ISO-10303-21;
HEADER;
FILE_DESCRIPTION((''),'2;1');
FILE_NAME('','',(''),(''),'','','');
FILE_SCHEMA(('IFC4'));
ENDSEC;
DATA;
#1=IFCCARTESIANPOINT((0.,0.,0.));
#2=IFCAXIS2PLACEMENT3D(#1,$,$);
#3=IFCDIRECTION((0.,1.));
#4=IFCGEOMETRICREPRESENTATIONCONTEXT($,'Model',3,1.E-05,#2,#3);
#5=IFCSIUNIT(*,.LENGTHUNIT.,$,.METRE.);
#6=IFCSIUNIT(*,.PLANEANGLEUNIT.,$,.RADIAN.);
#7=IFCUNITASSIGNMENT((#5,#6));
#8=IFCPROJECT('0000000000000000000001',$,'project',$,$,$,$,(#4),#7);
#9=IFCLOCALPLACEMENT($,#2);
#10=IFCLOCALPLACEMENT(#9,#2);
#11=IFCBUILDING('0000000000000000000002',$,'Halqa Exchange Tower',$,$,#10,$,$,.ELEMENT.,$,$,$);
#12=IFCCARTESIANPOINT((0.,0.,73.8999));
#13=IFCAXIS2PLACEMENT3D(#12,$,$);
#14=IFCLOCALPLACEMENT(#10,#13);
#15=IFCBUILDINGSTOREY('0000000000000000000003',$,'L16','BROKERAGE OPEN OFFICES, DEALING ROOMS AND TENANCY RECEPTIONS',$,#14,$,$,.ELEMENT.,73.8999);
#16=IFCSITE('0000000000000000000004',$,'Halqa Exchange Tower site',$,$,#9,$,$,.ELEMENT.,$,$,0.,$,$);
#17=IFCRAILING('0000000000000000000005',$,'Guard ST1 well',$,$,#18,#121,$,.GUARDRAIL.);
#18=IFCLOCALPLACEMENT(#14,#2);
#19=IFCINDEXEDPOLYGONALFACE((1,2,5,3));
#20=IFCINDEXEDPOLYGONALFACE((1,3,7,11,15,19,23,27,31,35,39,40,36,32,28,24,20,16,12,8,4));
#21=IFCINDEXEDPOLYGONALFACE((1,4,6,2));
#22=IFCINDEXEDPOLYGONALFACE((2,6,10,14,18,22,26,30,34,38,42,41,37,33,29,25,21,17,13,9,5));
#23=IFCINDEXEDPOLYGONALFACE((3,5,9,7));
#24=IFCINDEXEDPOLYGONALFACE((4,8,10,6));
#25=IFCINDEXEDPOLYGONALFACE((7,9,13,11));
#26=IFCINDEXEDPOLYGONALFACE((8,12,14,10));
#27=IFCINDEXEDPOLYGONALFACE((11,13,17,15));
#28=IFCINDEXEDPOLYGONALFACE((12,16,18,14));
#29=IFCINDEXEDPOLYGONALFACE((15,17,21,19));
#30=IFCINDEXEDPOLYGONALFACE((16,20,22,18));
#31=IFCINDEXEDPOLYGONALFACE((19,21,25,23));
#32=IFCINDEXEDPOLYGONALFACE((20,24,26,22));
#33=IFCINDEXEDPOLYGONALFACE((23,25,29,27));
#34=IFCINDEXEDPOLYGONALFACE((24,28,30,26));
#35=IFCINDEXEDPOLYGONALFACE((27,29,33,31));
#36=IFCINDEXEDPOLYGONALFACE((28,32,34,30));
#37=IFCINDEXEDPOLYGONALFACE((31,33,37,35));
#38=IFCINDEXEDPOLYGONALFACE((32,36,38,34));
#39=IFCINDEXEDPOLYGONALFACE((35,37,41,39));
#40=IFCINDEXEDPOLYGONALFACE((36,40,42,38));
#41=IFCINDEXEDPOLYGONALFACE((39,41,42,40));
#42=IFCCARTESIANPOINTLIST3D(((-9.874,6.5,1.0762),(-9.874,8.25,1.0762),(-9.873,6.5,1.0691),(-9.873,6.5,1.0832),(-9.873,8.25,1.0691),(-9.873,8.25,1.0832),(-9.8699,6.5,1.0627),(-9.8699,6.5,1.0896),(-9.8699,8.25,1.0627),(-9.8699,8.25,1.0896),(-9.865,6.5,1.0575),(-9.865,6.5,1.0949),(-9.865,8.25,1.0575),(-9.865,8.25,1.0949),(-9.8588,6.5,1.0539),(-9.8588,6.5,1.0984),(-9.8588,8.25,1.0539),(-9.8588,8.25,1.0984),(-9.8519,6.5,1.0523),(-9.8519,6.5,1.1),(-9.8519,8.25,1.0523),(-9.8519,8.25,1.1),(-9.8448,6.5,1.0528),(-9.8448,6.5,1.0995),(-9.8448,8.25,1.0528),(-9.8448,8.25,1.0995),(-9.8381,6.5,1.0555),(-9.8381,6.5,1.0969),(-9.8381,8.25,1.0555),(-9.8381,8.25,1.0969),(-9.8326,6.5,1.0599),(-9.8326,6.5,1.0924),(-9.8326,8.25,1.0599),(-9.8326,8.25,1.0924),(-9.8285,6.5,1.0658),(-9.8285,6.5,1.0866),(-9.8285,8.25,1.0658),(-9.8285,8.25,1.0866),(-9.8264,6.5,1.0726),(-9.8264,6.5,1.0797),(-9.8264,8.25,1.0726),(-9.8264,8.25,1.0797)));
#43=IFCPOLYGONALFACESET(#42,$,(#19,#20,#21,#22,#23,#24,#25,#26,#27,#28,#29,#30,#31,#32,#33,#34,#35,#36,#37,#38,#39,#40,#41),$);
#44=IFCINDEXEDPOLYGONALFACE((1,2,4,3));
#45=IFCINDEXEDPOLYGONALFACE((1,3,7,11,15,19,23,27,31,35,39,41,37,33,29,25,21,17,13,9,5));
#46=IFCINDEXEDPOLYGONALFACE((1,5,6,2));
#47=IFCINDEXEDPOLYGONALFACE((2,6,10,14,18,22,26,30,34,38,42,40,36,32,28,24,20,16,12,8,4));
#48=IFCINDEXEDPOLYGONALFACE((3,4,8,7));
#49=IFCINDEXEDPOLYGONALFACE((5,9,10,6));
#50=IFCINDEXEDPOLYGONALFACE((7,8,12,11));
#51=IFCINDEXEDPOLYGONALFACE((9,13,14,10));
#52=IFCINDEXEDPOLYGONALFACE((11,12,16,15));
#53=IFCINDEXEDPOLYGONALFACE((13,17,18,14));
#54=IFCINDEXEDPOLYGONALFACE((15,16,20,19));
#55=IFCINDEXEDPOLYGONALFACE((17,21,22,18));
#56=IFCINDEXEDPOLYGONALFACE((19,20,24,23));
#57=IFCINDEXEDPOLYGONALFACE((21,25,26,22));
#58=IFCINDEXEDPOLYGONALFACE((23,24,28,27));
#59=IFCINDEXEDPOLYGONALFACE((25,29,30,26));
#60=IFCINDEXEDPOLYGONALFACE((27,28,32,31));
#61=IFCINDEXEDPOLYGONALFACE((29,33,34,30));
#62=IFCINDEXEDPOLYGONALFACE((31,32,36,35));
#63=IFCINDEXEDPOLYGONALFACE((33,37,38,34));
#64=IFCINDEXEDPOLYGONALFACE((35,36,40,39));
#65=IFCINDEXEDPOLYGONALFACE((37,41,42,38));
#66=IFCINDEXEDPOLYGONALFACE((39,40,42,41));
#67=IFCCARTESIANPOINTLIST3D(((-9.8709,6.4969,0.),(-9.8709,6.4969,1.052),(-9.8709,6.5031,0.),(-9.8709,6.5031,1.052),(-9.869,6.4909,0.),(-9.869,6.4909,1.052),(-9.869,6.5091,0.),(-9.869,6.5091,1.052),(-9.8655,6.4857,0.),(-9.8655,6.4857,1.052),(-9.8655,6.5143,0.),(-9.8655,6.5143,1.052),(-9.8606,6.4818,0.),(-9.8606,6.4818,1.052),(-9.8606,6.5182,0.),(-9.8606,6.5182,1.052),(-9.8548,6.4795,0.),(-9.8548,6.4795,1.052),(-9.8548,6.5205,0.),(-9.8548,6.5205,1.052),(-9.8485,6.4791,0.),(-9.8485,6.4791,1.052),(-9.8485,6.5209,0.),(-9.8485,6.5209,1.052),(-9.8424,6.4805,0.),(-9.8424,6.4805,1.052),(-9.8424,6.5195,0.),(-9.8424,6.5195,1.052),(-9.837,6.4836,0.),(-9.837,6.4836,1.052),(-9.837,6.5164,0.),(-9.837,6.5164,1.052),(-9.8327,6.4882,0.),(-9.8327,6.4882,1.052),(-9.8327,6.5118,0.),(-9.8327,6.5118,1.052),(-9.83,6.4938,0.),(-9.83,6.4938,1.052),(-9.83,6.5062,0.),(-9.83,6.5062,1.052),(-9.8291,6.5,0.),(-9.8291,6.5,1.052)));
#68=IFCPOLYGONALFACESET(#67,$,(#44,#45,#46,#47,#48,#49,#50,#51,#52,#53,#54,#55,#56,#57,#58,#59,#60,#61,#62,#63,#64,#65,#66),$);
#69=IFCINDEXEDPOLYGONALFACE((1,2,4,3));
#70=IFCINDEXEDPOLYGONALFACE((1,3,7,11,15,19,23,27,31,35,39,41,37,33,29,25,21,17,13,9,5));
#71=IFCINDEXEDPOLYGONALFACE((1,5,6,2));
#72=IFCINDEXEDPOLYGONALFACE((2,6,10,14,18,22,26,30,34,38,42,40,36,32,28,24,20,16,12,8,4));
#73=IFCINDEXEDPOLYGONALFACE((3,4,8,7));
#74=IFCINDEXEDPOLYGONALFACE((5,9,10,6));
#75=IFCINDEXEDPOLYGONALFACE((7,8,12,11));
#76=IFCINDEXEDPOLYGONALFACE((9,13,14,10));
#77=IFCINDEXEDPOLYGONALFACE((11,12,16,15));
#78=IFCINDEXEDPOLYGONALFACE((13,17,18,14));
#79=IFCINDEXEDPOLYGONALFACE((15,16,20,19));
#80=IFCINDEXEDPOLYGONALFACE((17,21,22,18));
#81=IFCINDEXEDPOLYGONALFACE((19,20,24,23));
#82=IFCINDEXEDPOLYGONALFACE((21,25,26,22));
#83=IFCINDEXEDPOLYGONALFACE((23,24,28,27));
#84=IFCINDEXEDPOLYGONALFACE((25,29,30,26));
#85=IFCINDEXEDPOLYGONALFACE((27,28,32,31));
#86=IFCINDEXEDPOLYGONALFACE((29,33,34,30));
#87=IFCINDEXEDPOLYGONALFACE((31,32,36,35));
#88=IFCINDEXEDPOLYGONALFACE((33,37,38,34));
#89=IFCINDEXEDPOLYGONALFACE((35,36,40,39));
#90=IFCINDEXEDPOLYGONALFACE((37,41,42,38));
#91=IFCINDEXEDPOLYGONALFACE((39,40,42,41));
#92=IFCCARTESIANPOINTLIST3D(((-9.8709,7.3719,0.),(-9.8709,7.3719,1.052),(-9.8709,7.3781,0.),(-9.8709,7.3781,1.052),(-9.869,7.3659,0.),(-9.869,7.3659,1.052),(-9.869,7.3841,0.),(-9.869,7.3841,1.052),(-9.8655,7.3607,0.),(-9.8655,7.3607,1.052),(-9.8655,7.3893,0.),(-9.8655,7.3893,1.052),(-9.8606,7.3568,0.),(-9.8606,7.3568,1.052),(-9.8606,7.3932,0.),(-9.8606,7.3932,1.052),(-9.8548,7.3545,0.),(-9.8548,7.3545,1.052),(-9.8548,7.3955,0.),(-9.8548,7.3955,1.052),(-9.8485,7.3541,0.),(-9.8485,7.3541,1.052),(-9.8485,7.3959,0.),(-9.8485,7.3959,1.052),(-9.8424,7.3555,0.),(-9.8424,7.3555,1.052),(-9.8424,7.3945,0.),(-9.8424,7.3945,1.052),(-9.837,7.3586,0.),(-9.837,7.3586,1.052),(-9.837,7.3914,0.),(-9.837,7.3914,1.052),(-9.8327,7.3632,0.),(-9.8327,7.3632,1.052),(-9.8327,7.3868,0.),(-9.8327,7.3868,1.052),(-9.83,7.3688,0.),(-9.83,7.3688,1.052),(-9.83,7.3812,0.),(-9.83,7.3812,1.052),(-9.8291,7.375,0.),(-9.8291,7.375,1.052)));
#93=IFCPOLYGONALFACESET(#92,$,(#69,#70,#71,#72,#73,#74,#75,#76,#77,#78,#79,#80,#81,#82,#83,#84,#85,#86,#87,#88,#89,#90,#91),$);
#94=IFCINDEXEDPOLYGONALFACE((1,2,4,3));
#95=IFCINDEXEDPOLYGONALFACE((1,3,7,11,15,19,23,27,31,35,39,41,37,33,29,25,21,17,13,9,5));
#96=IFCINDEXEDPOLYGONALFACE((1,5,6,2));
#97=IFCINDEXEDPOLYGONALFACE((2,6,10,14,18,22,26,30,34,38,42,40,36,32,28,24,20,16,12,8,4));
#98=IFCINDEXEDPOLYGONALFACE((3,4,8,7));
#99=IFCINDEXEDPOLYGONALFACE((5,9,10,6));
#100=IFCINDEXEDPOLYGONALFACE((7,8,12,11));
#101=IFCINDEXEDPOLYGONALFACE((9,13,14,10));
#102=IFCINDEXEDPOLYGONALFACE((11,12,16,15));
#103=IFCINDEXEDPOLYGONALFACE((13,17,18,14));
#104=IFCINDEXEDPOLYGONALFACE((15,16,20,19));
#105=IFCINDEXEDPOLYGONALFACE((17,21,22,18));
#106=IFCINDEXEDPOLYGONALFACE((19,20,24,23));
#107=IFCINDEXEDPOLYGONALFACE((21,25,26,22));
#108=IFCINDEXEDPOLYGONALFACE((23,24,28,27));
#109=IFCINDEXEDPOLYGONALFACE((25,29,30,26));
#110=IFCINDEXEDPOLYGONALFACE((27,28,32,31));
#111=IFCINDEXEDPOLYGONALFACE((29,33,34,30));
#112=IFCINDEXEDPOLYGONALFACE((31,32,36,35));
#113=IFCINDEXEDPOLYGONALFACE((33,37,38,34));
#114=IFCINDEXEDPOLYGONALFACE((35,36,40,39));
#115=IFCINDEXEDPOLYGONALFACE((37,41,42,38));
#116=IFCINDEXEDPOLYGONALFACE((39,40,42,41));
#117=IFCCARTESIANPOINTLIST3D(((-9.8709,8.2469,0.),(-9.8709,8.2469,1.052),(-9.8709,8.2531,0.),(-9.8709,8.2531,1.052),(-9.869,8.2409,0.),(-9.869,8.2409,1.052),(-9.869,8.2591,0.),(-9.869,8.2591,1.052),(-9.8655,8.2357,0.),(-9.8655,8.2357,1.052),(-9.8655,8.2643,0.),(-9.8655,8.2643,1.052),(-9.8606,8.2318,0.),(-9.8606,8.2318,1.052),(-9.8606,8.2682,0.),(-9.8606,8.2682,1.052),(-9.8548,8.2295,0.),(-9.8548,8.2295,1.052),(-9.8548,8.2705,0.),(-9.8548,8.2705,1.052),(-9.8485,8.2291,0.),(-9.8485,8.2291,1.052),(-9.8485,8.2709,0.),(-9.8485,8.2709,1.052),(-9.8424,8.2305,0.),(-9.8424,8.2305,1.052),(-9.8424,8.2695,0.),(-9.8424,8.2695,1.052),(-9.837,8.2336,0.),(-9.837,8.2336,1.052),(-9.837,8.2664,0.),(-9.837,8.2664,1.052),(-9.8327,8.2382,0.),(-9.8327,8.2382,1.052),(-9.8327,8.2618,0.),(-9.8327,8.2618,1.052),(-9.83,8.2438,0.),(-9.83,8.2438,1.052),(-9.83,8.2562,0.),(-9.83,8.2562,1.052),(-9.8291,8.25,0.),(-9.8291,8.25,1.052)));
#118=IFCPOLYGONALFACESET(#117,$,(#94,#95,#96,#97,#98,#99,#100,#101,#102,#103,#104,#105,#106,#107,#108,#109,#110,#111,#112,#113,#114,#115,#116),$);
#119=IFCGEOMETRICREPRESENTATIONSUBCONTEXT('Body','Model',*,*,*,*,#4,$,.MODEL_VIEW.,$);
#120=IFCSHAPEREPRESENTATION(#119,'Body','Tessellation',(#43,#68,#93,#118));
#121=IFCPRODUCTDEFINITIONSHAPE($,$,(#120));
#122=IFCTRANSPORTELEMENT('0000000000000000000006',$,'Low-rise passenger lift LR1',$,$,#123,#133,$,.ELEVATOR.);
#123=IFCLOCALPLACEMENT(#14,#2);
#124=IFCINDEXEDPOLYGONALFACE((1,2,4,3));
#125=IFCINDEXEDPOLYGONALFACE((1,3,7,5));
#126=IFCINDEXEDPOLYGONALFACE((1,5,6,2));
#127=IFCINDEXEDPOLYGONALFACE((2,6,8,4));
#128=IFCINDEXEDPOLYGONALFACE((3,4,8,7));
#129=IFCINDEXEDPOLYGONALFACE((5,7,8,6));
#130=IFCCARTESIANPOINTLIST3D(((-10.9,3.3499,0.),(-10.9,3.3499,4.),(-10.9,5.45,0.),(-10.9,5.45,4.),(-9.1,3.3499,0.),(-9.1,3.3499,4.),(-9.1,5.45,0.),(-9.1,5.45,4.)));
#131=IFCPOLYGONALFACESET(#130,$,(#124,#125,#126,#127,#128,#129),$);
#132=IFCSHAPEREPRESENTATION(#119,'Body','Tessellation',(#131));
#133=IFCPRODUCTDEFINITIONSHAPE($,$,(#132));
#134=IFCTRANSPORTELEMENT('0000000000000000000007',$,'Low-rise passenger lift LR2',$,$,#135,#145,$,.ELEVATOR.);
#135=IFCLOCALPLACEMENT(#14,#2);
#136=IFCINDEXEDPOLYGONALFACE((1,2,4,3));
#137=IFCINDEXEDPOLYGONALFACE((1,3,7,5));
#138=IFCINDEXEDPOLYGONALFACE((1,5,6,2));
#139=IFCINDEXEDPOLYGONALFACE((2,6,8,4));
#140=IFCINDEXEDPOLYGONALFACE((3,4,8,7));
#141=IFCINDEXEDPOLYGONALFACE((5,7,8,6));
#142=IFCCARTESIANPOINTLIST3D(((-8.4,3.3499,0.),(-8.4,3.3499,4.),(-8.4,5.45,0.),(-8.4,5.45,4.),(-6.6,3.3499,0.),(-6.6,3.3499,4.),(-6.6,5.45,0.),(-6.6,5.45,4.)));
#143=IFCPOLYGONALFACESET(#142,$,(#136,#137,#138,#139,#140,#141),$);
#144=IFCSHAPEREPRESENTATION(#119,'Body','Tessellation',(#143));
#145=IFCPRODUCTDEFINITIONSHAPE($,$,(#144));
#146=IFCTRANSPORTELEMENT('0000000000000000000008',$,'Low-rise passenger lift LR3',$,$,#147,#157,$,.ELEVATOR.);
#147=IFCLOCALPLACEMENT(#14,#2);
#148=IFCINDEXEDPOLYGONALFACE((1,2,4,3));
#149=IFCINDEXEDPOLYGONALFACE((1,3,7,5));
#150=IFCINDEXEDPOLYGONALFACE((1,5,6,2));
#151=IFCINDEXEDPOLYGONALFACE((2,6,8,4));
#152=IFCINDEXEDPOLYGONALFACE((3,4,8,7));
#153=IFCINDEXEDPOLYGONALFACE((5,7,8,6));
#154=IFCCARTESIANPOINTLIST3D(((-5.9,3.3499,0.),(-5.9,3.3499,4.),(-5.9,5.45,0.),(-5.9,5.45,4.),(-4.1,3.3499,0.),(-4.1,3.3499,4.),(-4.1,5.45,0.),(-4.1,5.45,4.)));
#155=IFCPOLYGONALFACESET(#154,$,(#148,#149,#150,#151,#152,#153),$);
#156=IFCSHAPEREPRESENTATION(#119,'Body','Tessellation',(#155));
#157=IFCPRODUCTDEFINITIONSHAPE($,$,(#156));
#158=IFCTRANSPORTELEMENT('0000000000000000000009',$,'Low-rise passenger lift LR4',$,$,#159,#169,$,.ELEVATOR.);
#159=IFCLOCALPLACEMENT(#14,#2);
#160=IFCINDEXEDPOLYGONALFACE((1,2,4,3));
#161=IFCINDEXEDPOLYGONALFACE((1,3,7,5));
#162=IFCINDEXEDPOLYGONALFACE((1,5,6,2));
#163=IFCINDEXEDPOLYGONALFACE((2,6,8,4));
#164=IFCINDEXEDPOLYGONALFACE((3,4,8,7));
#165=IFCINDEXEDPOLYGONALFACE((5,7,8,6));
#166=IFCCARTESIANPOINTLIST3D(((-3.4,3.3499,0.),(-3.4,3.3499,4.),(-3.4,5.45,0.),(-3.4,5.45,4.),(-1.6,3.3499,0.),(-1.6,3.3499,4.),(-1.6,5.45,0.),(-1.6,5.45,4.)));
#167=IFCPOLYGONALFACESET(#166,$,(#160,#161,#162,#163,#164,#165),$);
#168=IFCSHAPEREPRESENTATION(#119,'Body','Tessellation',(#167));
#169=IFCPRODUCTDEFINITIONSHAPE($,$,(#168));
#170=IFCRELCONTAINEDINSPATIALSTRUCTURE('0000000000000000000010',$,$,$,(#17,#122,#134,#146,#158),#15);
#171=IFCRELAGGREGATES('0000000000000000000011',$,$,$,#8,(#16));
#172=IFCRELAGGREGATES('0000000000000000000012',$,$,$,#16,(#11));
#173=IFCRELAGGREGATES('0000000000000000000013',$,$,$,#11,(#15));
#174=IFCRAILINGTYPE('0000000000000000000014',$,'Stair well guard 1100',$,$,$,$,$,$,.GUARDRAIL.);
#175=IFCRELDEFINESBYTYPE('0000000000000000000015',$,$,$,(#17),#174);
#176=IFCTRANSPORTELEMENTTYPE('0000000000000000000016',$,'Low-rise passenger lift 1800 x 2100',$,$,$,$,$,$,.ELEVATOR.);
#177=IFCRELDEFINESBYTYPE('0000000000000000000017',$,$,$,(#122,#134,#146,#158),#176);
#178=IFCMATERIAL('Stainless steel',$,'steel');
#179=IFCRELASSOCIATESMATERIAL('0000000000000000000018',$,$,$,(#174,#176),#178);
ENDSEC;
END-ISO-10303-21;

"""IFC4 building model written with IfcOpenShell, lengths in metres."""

from ifc_helpers import new_model, si_unit, direction, frame, origin, origin_2d, place, context, subcontext, project, spatial, rectangle, circle, extrude, material, type_object, element, save


model = new_model("IFC4")

# Units and contexts
model_context = context("Model", 3, precision=1e-05, world=origin(), true_north=direction((0.0, 1.0)))
body_context = subcontext(model_context, "Body", "Model", "MODEL_VIEW")
ifc_project = project(units=[si_unit("LENGTHUNIT", "METRE"), si_unit("PLANEANGLEUNIT", "RADIAN")], contexts=[model_context])

# Site, building, storey
site_placement = place(None, origin())
site = spatial("IfcSite", under=ifc_project, at=site_placement, Name="Halqa Exchange Tower site", CompositionType="ELEMENT", RefElevation=0.0)
building_placement = place(site_placement, origin())
building = spatial("IfcBuilding", under=site, at=building_placement, Name="Halqa Exchange Tower", CompositionType="ELEMENT")
storey_placement = place(building_placement, frame((0.0, 0.0, 73.8999)))
storey = spatial("IfcBuildingStorey", under=building, at=storey_placement, Name="L16", Description="BROKERAGE OPEN OFFICES, DEALING ROOMS AND TENANCY RECEPTIONS", CompositionType="ELEMENT", Elevation=73.8999)

# Shared definitions
ifc_material_1 = material(Name="Stainless steel", Category="steel")

# Railing
railing_type_1 = type_object("IfcRailingType", Name="Stair well guard 1100", PredefinedType="GUARDRAIL", material=ifc_material_1)
railing_1_placement = place(storey_placement, frame((-9.8501, 6.5, 0.0)))
element("IfcRailing", 1, at=railing_1_placement, inside=storey, type_object=railing_type_1, Name="Guard ST1 well", PredefinedType="GUARDRAIL", context=body_context, shape_type="SweptSolid", body=[
    extrude(circle(Radius=0.0239, at=origin_2d()), frame((0.0, 0.0, 1.0762), z_axis=(0.0, 1.0, 0.0), x_axis=(-1.0, 0.0, 0.0)), (0.0, 0.0, 1.0), 1.75),
    extrude(circle(Radius=0.021, at=origin_2d()), origin(), (0.0, 0.0, 1.0), 1.052),
    extrude(circle(Radius=0.021, at=origin_2d()), frame((0.0, 0.875, 0.0)), (0.0, 0.0, 1.0), 1.052),
    extrude(circle(Radius=0.021, at=origin_2d()), frame((0.0, 1.75, 0.0)), (0.0, 0.0, 1.0), 1.052),
])

# Transport elements
transport_element_type = type_object("IfcTransportElementType", Name="Low-rise passenger lift 1800 x 2100", PredefinedType="ELEVATOR", material=ifc_material_1)
for number, where, z_axis, x_axis, name in (
    (2, (-10.0, 4.3999, 0.0), (0.0, 0.0, 1.0), (1.0, 0.0, 0.0), "Low-rise passenger lift LR1"),
    (3, (-7.5, 4.3999, 0.0), (0.0, 0.0, 1.0), (1.0, 0.0, 0.0), "Low-rise passenger lift LR2"),
    (4, (-5.0, 4.3999, 0.0), (0.0, 0.0, 1.0), (1.0, 0.0, 0.0), "Low-rise passenger lift LR3"),
    (5, (-2.5, 4.3999, 0.0), (0.0, 0.0, 1.0), (1.0, 0.0, 0.0), "Low-rise passenger lift LR4"),
):
    element("IfcTransportElement", number, at=place(storey_placement, frame(where, z_axis=z_axis, x_axis=x_axis)), inside=storey, type_object=transport_element_type, Name=name, PredefinedType="ELEVATOR", context=body_context, shape_type="SweptSolid", body=[
        extrude(rectangle(XDim=1.8, YDim=2.1001, at=origin_2d()), origin(), (0.0, 0.0, 1.0), 4.0),
    ])

save(model, "model.ifc")
